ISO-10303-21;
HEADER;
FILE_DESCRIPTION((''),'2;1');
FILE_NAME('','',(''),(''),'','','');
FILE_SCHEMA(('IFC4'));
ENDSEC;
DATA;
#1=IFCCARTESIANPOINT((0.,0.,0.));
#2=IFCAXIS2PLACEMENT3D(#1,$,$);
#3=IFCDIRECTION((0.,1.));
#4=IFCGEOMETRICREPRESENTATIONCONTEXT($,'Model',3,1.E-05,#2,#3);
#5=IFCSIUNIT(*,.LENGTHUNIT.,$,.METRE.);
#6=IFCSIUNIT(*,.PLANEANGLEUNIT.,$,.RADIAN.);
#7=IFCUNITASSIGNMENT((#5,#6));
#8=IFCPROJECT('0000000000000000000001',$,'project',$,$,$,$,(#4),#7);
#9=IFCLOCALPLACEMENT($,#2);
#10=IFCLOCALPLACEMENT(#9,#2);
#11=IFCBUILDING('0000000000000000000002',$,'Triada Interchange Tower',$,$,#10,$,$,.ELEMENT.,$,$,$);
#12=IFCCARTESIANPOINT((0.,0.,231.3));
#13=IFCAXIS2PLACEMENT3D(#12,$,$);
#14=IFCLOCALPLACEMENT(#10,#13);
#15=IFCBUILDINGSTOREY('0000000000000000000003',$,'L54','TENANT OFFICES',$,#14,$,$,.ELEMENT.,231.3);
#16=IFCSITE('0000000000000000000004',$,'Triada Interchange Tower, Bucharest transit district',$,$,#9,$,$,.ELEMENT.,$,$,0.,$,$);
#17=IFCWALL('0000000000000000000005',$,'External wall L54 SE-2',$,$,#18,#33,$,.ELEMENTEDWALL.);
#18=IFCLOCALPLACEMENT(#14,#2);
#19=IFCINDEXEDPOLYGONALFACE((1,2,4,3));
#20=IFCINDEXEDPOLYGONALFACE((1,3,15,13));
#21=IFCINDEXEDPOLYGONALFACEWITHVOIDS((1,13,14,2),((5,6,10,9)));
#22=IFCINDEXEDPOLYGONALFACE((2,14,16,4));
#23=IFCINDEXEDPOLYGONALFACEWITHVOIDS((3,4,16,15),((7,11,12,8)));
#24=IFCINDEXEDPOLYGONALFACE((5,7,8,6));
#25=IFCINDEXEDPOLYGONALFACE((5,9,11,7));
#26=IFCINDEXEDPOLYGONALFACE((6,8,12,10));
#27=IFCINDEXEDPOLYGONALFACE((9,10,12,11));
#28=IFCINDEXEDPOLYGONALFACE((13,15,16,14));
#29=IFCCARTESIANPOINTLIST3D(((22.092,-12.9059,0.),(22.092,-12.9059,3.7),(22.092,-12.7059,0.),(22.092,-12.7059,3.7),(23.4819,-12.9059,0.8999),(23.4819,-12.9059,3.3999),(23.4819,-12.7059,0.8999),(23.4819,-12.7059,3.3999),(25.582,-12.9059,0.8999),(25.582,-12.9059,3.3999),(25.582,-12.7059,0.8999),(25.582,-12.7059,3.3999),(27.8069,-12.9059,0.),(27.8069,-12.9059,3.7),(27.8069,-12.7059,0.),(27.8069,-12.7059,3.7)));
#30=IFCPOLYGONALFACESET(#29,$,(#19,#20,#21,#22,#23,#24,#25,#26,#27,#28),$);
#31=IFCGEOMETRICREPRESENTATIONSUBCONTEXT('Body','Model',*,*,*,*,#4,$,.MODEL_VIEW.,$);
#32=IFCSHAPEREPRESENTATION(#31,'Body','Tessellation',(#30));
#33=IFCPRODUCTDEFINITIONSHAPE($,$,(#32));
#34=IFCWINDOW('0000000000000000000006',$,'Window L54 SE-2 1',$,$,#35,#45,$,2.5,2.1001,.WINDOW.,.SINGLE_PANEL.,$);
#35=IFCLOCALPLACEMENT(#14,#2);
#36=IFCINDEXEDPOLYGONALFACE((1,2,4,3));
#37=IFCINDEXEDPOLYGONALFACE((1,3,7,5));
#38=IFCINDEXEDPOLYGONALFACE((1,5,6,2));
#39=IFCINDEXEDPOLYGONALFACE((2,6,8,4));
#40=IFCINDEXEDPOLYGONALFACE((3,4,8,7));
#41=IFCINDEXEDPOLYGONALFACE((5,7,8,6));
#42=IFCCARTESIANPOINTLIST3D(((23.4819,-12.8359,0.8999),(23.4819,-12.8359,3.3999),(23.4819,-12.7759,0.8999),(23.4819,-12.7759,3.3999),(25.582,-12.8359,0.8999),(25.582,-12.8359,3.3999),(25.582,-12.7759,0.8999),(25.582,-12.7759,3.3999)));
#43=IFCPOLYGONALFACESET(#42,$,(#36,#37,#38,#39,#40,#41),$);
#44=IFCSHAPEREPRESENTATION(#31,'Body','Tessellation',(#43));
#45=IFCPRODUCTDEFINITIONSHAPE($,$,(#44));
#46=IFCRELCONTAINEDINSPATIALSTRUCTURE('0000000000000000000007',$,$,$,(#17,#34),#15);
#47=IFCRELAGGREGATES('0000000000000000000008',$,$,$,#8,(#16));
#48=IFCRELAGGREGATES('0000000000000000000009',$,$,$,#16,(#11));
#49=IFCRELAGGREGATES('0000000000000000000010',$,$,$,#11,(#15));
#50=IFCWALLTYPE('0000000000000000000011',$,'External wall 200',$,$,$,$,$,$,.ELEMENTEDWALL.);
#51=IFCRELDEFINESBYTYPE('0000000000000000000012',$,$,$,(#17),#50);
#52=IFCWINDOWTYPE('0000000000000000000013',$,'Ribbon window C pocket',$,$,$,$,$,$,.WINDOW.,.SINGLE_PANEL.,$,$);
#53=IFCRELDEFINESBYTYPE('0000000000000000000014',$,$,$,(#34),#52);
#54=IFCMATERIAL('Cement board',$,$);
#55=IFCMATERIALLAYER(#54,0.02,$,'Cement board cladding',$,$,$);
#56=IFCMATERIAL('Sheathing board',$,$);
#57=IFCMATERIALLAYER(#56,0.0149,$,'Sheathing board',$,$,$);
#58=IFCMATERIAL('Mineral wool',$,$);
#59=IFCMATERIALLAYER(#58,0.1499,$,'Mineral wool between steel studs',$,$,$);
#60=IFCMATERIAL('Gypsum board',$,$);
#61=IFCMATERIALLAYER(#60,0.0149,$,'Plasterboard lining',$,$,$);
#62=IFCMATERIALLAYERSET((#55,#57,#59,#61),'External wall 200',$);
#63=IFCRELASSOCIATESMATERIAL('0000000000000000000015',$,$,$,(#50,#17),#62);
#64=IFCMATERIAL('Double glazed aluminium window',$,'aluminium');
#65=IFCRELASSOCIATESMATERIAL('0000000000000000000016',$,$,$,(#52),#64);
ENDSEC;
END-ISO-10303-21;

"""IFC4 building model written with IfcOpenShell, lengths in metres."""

from ifc_helpers import new_model, si_unit, direction, frame, frame_2d, origin, place, context, subcontext, project, spatial, rectangle, extrude, material, layer, layer_set, layer_usage, type_object, element, fill, save


model = new_model("IFC4")

# Units and contexts
model_context = context("Model", 3, precision=1e-05, world=origin(), true_north=direction((0.0, 1.0)))
body_context = subcontext(model_context, "Body", "Model", "MODEL_VIEW")
ifc_project = project(units=[si_unit("LENGTHUNIT", "METRE"), si_unit("PLANEANGLEUNIT", "RADIAN")], contexts=[model_context])

# Site, building, storey
site_placement = place(None, origin())
site = spatial("IfcSite", under=ifc_project, at=site_placement, Name="Triada Interchange Tower, Bucharest transit district", CompositionType="ELEMENT", RefElevation=0.0)
building_placement = place(site_placement, origin())
building = spatial("IfcBuilding", under=site, at=building_placement, Name="Triada Interchange Tower", CompositionType="ELEMENT")
storey_placement = place(building_placement, frame((0.0, 0.0, 231.3)))
storey = spatial("IfcBuildingStorey", under=building, at=storey_placement, Name="L54", Description="TENANT OFFICES", CompositionType="ELEMENT", Elevation=231.3)

# Wall, opening, window
ifc_material_1 = material(Name="Cement board")
ifc_layer_1 = layer(ifc_material_1, 0.02, Name="Cement board cladding")
ifc_material_2 = material(Name="Sheathing board")
ifc_layer_2 = layer(ifc_material_2, 0.0149, Name="Sheathing board")
ifc_material_3 = material(Name="Mineral wool")
ifc_layer_3 = layer(ifc_material_3, 0.1499, Name="Mineral wool between steel studs")
ifc_material_4 = material(Name="Gypsum board")
ifc_layer_4 = layer(ifc_material_4, 0.0149, Name="Plasterboard lining")
ifc_layer_set_1 = layer_set([ifc_layer_1, ifc_layer_2, ifc_layer_3, ifc_layer_4], Name="External wall 200")
ifc_layer_usage = layer_usage(ifc_layer_set_1, "AXIS2", "POSITIVE", -0.1001)
wall_type_1 = type_object("IfcWallType", Name="External wall 200", PredefinedType="ELEMENTEDWALL", material=ifc_layer_set_1)
ifc_material_5 = material(Name="Double glazed aluminium window", Category="aluminium")
window_type_1 = type_object("IfcWindowType", Name="Ribbon window C pocket", PartitioningType="SINGLE_PANEL", PredefinedType="WINDOW", material=ifc_material_5)
wall_1_placement = place(storey_placement, frame((22.092, -12.8059, 0.0), z_axis=(0.0, 0.0, 1.0), x_axis=(1.0, 0.0, 0.0)))
wall_1 = element("IfcWall", 1, at=wall_1_placement, inside=storey, type_object=wall_type_1, material=ifc_layer_usage, Name="External wall L54 SE-2", PredefinedType="ELEMENTEDWALL", context=body_context, shape_type="SweptSolid", body=[
    extrude(rectangle(XDim=5.7148, YDim=0.2, at=frame_2d((2.8574, 0.0))), origin(), (0.0, 0.0, 1.0), 3.7),
])
opening_1_placement = place(wall_1_placement, frame((1.3899, 0.0, 0.8999)))
opening_1 = element("IfcOpeningElement", 2, at=opening_1_placement, cuts=wall_1, PredefinedType="OPENING", context=body_context, shape_type="SweptSolid", body=[
    extrude(rectangle(XDim=2.1001, YDim=2.5, at=frame_2d((1.05, 1.25))), frame((0.0, 0.1099, 0.0), z_axis=(0.0, -1.0, 0.0), x_axis=(1.0, 0.0, 0.0)), (0.0, 0.0, 1.0), 0.22),
])
window_1_placement = place(opening_1_placement, origin())
window_1 = element("IfcWindow", 3, at=window_1_placement, inside=storey, type_object=window_type_1, Name="Window L54 SE-2 1", OverallHeight=2.5, OverallWidth=2.1001, PartitioningType="SINGLE_PANEL", PredefinedType="WINDOW", context=body_context, shape_type="SweptSolid", body=[
    extrude(rectangle(XDim=2.1001, YDim=2.5, at=frame_2d((1.05, 1.25))), frame((0.0, 0.03, 0.0), z_axis=(0.0, -1.0, 0.0), x_axis=(1.0, 0.0, 0.0)), (0.0, 0.0, 1.0), 0.0601),
])
fill(opening_1, window_1)

save(model, "model.ifc")
